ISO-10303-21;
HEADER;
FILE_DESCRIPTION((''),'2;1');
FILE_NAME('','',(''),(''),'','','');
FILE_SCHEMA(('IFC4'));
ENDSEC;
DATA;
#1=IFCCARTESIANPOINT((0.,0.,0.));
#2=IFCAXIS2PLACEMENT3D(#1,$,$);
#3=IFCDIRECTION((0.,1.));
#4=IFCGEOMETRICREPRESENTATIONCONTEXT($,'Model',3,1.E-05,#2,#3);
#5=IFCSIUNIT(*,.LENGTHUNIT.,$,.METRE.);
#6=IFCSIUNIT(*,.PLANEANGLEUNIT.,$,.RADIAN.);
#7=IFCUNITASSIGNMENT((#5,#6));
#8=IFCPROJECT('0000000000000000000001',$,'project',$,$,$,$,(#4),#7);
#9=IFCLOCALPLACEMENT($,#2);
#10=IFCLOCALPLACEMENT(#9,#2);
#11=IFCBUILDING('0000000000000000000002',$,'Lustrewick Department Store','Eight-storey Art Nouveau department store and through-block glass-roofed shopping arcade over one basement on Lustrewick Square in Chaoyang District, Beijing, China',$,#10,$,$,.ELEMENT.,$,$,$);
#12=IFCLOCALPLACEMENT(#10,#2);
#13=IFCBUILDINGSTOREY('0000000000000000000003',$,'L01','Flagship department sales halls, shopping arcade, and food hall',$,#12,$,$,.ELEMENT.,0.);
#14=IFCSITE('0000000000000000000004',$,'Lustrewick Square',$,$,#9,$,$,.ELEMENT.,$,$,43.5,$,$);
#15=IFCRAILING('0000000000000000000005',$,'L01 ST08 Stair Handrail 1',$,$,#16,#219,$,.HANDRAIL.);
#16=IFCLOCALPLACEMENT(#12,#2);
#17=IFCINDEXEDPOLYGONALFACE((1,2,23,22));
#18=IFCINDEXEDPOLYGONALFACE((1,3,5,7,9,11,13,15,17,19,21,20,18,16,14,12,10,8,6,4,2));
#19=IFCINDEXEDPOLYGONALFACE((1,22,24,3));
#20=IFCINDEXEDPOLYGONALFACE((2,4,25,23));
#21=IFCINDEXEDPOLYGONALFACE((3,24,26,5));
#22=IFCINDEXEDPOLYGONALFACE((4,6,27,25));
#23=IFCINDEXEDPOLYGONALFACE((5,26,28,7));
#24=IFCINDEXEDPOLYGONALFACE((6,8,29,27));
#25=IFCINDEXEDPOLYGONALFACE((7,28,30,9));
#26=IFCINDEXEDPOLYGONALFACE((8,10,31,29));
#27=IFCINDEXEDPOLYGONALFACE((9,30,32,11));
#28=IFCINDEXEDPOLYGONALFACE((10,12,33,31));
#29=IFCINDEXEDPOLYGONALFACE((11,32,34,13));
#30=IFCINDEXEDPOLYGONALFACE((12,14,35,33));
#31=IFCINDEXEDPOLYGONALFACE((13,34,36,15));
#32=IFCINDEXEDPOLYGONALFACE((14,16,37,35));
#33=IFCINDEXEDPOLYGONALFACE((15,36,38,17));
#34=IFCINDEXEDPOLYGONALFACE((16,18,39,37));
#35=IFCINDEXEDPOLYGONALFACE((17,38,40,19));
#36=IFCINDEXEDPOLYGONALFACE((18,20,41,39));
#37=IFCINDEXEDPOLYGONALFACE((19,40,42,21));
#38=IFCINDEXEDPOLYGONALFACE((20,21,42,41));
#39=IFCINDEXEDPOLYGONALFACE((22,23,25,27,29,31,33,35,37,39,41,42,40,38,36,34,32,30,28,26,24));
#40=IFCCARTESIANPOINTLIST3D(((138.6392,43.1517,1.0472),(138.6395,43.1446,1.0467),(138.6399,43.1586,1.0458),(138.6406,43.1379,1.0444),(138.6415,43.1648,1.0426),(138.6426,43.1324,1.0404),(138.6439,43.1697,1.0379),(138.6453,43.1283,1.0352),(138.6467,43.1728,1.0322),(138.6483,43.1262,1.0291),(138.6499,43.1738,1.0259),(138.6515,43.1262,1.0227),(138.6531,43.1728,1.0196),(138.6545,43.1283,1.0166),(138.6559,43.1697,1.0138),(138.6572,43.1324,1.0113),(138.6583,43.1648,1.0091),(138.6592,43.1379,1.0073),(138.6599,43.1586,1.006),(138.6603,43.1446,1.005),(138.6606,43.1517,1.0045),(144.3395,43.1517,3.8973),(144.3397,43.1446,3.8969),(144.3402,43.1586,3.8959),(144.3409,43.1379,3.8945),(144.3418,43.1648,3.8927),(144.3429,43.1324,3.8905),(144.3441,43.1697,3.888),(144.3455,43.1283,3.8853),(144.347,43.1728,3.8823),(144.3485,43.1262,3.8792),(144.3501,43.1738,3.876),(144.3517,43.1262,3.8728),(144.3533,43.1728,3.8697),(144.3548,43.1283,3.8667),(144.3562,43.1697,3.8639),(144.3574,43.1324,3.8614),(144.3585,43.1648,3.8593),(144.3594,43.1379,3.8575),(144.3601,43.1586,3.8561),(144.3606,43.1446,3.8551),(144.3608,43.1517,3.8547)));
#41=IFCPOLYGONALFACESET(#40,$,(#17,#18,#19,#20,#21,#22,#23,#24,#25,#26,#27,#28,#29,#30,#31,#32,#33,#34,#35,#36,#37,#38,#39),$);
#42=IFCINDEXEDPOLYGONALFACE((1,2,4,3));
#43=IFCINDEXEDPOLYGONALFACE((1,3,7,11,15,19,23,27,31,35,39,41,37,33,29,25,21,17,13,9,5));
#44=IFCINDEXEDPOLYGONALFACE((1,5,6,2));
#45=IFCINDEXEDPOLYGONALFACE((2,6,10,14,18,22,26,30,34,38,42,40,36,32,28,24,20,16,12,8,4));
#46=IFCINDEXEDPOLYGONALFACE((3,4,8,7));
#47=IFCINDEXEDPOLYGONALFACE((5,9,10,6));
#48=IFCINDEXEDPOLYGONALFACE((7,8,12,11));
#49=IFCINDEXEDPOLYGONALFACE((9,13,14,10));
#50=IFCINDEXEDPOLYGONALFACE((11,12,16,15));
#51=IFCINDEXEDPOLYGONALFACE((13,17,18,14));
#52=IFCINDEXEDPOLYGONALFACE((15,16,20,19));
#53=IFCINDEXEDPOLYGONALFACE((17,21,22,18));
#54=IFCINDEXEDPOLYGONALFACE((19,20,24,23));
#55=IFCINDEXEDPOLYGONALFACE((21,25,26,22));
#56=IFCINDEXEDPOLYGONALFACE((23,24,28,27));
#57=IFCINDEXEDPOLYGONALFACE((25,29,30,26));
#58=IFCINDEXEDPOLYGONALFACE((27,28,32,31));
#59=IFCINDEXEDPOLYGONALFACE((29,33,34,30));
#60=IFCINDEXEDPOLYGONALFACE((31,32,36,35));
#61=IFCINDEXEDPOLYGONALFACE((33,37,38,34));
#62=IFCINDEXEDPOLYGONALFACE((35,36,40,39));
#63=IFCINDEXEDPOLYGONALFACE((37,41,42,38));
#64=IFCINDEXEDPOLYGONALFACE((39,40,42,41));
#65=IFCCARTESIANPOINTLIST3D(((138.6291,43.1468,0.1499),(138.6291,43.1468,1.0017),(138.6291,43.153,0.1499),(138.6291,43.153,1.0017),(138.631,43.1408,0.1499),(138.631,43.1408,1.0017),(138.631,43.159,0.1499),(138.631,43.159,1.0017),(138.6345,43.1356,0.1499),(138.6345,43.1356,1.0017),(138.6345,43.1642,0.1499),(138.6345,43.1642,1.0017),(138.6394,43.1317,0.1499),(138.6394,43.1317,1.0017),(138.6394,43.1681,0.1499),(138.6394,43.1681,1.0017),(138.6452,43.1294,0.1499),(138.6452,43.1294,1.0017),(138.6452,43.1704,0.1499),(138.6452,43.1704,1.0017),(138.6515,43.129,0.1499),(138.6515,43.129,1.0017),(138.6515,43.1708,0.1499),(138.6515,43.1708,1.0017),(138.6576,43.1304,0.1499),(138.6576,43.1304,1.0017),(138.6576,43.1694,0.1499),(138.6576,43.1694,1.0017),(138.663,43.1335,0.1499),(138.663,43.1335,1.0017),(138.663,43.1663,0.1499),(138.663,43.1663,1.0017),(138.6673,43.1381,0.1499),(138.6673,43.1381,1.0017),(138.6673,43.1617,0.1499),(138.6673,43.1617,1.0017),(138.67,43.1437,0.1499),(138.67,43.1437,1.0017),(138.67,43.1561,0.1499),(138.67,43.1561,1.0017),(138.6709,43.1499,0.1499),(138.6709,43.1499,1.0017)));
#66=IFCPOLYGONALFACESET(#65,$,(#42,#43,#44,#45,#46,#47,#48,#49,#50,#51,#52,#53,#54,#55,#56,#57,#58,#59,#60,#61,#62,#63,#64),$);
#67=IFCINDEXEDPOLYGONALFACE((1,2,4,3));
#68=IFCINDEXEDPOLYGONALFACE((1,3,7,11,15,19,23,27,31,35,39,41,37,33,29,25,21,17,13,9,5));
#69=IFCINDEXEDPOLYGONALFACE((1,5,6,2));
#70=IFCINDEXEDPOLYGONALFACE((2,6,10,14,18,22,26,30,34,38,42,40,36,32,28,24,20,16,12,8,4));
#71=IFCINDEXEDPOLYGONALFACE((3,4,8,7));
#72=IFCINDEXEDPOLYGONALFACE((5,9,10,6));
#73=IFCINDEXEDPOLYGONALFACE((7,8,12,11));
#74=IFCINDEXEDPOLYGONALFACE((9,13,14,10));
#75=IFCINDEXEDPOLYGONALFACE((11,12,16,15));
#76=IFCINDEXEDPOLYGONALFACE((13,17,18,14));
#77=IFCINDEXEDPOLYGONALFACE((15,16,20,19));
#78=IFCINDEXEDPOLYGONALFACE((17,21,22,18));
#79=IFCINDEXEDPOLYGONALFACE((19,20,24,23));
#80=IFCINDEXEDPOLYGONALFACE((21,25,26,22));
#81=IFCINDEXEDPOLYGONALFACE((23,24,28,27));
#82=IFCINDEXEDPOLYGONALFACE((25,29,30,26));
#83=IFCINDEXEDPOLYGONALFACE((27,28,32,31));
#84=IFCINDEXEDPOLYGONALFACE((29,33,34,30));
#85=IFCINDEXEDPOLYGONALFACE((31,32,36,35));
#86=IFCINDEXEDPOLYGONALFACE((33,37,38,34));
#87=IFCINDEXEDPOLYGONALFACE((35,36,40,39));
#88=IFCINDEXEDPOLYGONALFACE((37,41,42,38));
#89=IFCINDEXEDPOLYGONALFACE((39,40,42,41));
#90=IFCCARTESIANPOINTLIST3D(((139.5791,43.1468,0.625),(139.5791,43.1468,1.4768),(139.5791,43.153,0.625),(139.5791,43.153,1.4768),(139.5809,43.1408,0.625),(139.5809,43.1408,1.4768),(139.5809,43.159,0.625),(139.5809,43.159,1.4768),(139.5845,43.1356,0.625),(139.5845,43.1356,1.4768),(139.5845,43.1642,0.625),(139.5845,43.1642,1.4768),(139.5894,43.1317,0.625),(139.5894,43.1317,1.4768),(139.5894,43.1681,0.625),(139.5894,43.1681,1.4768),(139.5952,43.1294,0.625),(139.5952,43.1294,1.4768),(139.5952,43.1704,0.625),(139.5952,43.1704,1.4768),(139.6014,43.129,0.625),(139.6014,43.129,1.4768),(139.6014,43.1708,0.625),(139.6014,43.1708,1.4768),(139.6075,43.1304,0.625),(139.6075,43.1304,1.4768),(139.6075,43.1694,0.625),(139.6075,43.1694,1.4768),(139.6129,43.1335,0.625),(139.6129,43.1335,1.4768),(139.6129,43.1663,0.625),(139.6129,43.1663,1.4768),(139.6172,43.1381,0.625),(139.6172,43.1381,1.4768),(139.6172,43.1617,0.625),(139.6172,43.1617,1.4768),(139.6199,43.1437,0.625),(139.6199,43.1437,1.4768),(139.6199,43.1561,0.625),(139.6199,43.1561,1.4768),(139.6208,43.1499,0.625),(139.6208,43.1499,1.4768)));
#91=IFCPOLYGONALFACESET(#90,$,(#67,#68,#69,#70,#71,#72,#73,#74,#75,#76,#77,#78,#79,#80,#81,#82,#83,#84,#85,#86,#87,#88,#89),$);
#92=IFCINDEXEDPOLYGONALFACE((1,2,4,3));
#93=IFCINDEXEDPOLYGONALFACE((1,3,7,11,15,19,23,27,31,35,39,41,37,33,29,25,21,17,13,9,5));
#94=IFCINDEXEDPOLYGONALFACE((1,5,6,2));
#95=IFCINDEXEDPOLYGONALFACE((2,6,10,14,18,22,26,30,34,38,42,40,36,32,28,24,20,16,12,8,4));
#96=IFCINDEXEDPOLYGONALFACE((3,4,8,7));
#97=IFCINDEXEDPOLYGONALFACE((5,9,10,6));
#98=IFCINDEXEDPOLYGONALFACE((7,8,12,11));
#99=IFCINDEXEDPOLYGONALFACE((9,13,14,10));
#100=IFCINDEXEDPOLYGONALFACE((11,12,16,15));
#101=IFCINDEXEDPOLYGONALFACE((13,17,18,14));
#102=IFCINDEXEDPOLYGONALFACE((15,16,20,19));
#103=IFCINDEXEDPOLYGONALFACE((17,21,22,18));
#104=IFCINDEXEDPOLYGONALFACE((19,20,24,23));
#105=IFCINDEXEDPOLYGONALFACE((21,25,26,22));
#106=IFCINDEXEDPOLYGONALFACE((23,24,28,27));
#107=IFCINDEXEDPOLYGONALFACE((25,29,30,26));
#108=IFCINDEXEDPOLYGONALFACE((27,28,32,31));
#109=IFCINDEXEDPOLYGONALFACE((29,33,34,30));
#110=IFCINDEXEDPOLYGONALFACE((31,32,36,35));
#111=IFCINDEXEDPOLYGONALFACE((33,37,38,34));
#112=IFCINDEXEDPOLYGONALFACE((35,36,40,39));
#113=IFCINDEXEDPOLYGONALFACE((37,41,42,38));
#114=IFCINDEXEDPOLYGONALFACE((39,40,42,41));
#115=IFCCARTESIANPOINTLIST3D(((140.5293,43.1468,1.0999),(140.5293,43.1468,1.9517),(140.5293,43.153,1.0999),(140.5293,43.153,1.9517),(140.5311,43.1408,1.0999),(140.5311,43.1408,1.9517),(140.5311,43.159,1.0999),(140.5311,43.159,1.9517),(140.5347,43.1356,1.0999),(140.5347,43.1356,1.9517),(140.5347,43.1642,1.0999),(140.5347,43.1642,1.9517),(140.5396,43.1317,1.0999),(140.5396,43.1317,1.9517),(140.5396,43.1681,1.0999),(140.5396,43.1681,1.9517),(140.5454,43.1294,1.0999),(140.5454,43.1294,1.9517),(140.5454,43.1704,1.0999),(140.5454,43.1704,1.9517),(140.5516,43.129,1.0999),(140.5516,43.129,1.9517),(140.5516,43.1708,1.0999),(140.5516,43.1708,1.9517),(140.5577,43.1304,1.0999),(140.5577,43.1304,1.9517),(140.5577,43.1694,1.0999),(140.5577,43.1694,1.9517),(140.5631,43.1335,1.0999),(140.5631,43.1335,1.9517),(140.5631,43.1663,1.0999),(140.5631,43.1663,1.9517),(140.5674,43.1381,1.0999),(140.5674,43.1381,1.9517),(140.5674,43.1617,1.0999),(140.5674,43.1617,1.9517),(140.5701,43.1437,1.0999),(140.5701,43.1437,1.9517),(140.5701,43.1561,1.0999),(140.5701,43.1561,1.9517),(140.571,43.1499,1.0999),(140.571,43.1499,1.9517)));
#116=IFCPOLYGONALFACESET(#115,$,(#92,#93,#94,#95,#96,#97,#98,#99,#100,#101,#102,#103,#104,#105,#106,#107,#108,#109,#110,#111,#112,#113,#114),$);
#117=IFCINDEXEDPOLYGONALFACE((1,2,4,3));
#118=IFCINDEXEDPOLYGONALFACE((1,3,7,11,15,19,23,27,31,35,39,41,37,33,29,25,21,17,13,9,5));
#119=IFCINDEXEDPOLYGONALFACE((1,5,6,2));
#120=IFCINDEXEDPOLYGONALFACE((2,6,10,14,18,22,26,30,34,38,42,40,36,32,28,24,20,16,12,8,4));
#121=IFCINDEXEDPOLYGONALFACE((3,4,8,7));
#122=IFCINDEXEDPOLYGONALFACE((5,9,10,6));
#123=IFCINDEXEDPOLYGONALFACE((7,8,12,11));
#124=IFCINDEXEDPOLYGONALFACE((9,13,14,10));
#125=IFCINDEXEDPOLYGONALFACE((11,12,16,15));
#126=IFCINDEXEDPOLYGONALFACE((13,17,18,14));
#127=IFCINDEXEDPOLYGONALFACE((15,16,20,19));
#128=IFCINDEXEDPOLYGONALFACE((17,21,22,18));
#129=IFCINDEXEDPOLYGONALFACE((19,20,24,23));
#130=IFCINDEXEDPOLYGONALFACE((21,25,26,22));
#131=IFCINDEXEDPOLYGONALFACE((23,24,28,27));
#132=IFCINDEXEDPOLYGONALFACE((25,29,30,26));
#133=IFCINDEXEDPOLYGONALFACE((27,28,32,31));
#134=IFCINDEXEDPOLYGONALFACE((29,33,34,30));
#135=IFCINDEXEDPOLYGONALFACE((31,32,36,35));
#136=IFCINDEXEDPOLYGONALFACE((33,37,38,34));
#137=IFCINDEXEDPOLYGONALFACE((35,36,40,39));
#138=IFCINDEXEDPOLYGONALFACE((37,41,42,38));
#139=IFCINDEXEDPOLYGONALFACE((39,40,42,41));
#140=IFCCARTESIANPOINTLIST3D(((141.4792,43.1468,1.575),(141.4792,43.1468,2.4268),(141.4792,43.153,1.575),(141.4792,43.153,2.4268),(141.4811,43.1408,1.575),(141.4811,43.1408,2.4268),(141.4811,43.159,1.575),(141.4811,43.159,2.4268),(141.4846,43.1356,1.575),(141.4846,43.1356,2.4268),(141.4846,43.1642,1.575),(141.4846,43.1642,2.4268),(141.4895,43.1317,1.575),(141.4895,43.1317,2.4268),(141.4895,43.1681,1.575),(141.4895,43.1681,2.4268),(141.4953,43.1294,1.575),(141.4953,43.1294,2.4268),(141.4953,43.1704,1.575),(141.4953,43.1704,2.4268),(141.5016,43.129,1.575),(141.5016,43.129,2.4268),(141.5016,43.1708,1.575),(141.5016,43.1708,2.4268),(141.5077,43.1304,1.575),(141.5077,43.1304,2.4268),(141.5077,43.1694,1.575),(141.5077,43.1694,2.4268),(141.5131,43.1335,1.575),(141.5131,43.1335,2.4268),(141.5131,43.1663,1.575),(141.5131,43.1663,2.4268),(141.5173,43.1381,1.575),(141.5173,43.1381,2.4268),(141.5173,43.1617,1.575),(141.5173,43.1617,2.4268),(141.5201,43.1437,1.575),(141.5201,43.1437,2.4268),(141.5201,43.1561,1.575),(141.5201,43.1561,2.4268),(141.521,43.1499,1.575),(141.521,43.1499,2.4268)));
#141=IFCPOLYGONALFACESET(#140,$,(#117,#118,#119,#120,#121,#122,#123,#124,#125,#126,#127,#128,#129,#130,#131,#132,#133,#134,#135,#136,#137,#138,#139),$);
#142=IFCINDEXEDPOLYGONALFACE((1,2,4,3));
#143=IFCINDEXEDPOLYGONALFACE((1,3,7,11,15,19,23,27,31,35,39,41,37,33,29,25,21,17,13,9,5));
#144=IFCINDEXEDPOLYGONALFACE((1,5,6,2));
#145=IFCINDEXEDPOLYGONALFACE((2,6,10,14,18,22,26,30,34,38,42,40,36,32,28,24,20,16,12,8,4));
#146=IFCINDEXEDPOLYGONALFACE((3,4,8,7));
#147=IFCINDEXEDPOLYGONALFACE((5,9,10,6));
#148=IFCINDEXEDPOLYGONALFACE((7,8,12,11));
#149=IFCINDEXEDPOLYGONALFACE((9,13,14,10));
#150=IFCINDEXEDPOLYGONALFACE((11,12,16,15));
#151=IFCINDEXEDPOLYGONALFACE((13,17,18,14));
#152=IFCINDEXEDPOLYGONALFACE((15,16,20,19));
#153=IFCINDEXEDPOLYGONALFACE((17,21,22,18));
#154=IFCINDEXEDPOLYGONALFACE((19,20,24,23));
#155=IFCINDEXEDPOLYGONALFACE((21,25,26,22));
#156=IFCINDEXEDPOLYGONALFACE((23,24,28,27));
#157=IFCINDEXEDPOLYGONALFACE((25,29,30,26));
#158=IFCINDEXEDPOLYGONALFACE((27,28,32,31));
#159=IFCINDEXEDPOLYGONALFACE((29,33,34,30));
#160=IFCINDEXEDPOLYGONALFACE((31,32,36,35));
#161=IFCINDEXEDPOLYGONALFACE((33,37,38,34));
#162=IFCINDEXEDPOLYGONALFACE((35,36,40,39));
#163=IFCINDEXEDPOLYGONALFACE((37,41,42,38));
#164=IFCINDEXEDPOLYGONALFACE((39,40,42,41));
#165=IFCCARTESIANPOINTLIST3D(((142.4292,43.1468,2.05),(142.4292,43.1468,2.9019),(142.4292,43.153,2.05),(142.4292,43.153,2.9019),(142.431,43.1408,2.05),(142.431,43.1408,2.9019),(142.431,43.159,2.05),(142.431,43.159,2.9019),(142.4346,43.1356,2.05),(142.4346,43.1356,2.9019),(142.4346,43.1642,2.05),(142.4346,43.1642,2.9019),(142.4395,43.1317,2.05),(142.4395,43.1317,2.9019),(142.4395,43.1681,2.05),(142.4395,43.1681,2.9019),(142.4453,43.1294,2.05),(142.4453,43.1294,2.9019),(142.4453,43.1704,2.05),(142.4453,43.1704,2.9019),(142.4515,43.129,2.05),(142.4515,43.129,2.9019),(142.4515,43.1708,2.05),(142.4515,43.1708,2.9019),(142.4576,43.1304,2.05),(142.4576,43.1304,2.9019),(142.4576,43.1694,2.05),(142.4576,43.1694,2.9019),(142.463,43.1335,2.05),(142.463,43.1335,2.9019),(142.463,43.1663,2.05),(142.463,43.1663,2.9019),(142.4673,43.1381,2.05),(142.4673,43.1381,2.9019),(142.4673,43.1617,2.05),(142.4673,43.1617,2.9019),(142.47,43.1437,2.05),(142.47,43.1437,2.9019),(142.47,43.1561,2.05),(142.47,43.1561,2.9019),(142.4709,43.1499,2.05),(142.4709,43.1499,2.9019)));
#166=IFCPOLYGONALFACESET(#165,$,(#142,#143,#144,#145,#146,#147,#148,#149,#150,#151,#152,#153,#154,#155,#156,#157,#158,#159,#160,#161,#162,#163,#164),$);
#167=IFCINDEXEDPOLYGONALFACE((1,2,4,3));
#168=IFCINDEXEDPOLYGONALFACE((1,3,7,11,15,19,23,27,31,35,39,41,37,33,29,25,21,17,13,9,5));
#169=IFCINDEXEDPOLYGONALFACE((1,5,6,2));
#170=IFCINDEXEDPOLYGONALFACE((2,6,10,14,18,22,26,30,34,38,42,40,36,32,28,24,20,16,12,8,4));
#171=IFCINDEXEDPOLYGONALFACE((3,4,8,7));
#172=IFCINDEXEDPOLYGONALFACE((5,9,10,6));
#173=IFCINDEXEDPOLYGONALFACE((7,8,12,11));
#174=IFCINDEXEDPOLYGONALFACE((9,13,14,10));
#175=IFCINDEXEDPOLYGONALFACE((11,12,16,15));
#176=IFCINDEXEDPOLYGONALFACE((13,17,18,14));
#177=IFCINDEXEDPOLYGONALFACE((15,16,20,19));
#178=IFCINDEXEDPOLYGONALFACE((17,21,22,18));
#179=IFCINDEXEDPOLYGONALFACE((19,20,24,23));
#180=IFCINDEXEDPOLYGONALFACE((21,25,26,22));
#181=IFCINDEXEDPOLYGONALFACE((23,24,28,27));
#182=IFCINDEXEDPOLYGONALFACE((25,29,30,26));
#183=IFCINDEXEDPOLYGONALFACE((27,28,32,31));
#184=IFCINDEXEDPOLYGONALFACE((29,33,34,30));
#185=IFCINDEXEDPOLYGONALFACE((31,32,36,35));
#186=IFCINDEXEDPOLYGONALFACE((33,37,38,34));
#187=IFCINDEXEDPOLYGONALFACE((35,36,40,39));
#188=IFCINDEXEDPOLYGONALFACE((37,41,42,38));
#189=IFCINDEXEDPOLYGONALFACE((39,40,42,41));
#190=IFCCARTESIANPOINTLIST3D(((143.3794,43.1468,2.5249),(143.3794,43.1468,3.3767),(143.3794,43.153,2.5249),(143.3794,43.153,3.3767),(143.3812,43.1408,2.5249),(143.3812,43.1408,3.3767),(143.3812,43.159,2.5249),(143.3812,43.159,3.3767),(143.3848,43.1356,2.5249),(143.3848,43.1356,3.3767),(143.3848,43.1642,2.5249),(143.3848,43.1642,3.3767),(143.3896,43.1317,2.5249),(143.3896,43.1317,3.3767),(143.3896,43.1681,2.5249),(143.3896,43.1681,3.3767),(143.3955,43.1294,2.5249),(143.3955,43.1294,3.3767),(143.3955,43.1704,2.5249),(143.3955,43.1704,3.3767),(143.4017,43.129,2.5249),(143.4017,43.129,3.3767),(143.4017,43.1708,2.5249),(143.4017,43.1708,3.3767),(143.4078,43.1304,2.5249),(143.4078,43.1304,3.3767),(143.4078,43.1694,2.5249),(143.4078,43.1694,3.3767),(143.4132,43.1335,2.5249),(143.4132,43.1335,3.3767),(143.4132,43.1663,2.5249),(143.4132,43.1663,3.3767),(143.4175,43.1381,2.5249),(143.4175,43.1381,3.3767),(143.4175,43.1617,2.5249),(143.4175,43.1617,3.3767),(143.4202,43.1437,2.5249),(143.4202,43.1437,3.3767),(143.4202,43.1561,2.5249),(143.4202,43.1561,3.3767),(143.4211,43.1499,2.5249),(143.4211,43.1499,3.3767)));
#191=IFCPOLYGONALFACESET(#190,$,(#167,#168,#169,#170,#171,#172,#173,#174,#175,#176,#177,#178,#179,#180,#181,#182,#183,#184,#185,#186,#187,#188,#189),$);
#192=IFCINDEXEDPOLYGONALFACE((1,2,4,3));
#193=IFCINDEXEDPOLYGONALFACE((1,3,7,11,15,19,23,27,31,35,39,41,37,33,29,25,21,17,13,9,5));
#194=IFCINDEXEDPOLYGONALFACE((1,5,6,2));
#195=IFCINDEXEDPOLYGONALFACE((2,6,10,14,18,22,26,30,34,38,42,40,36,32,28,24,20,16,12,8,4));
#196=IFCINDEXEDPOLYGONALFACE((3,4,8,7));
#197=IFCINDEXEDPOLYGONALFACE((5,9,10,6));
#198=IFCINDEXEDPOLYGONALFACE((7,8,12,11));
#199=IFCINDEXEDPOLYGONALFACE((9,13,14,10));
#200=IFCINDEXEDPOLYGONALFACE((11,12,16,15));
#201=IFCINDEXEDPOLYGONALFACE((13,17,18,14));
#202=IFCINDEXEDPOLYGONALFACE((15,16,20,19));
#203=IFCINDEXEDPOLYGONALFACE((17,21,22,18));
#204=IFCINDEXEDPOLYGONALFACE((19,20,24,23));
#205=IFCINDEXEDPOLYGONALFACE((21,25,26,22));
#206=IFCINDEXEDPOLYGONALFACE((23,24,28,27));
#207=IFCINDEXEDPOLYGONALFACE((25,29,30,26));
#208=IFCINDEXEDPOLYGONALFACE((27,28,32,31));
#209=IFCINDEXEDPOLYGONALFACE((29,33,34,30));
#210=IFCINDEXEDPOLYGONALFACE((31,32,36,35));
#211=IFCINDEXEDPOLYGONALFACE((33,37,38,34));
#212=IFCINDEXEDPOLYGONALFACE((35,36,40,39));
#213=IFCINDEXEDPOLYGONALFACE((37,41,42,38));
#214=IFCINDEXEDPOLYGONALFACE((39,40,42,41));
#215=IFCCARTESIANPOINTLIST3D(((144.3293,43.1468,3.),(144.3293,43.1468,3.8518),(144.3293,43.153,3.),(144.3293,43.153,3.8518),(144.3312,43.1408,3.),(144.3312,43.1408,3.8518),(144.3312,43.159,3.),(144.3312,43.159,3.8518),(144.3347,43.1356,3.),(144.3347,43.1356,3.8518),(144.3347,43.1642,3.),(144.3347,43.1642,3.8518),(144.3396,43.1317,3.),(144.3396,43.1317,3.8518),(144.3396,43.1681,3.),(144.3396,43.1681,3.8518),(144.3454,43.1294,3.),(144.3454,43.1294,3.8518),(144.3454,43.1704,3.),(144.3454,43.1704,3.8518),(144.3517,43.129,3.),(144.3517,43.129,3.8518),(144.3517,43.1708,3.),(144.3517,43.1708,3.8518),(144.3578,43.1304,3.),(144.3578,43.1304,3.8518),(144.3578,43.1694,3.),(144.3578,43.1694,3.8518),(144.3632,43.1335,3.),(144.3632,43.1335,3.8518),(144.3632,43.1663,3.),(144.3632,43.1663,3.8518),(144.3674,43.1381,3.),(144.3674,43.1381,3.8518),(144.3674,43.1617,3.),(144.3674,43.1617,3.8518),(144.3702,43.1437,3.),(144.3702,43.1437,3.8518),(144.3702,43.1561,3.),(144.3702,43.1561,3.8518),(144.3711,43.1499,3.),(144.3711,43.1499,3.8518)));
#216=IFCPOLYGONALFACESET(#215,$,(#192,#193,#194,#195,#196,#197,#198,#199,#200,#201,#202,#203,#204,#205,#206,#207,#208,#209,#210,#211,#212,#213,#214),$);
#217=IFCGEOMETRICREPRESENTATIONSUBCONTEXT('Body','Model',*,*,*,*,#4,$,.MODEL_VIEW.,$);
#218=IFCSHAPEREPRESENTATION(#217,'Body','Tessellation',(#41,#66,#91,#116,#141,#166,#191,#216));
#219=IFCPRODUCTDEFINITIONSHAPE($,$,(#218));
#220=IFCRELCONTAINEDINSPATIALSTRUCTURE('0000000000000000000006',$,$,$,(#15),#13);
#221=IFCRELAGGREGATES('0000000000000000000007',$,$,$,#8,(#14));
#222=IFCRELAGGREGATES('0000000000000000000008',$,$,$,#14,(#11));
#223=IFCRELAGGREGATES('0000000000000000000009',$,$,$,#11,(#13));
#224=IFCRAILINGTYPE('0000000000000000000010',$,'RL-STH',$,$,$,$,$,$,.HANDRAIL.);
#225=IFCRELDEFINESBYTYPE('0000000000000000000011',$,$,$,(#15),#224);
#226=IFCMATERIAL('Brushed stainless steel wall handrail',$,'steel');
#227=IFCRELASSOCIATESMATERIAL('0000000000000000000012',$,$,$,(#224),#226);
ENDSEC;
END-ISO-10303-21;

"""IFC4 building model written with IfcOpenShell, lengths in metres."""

from ifc_helpers import new_model, si_unit, direction, frame, origin, origin_2d, place, context, subcontext, project, spatial, circle, extrude, material, type_object, element, save


model = new_model("IFC4")

# Units and contexts
model_context = context("Model", 3, precision=1e-05, world=origin(), true_north=direction((0.0, 1.0)))
body_context = subcontext(model_context, "Body", "Model", "MODEL_VIEW")
ifc_project = project(units=[si_unit("LENGTHUNIT", "METRE"), si_unit("PLANEANGLEUNIT", "RADIAN")], contexts=[model_context])

# Site, building, storey
site_placement = place(None, origin())
site = spatial("IfcSite", under=ifc_project, at=site_placement, Name="Lustrewick Square", CompositionType="ELEMENT", RefElevation=43.5)
building_placement = place(site_placement, origin())
building = spatial("IfcBuilding", under=site, at=building_placement, Name="Lustrewick Department Store", Description="Eight-storey Art Nouveau department store and through-block glass-roofed shopping arcade over one basement on Lustrewick Square in Chaoyang District, Beijing, China", CompositionType="ELEMENT")
storey_placement = place(building_placement, origin())
storey = spatial("IfcBuildingStorey", under=building, at=storey_placement, Name="L01", Description="Flagship department sales halls, shopping arcade, and food hall", CompositionType="ELEMENT", Elevation=0.0)

# Railing
ifc_material_1 = material(Name="Brushed stainless steel wall handrail", Category="steel")
railing_type_1 = type_object("IfcRailingType", Name="RL-STH", PredefinedType="HANDRAIL", material=ifc_material_1)
railing_1_placement = place(storey_placement, frame((138.6499, 43.1499, 0.1499)))
element("IfcRailing", 1, at=railing_1_placement, inside=storey, type_object=railing_type_1, Name="L01 ST08 Stair Handrail 1", PredefinedType="HANDRAIL", context=body_context, shape_type="SweptSolid", body=[
    extrude(circle(Radius=0.0239, at=origin_2d()), frame((0.0, 0.0, 0.876), z_axis=(0.894427, 0.0, 0.447214), x_axis=(0.0, 1.0, 0.0)), (0.0, 0.0, 1.0), 6.373),
    extrude(circle(Radius=0.021, at=origin_2d()), origin(), (0.0, 0.0, 1.0), 0.8518),
    extrude(circle(Radius=0.021, at=origin_2d()), frame((0.95, 0.0, 0.4751)), (0.0, 0.0, 1.0), 0.8518),
    extrude(circle(Radius=0.021, at=origin_2d()), frame((1.9001, 0.0, 0.95)), (0.0, 0.0, 1.0), 0.8518),
    extrude(circle(Radius=0.021, at=origin_2d()), frame((2.8501, 0.0, 1.425)), (0.0, 0.0, 1.0), 0.8518),
    extrude(circle(Radius=0.021, at=origin_2d()), frame((3.8, 0.0, 1.9001)), (0.0, 0.0, 1.0), 0.8518),
    extrude(circle(Radius=0.021, at=origin_2d()), frame((4.7502, 0.0, 2.375)), (0.0, 0.0, 1.0), 0.8518),
    extrude(circle(Radius=0.021, at=origin_2d()), frame((5.7002, 0.0, 2.8501)), (0.0, 0.0, 1.0), 0.8518),
])

save(model, "model.ifc")
